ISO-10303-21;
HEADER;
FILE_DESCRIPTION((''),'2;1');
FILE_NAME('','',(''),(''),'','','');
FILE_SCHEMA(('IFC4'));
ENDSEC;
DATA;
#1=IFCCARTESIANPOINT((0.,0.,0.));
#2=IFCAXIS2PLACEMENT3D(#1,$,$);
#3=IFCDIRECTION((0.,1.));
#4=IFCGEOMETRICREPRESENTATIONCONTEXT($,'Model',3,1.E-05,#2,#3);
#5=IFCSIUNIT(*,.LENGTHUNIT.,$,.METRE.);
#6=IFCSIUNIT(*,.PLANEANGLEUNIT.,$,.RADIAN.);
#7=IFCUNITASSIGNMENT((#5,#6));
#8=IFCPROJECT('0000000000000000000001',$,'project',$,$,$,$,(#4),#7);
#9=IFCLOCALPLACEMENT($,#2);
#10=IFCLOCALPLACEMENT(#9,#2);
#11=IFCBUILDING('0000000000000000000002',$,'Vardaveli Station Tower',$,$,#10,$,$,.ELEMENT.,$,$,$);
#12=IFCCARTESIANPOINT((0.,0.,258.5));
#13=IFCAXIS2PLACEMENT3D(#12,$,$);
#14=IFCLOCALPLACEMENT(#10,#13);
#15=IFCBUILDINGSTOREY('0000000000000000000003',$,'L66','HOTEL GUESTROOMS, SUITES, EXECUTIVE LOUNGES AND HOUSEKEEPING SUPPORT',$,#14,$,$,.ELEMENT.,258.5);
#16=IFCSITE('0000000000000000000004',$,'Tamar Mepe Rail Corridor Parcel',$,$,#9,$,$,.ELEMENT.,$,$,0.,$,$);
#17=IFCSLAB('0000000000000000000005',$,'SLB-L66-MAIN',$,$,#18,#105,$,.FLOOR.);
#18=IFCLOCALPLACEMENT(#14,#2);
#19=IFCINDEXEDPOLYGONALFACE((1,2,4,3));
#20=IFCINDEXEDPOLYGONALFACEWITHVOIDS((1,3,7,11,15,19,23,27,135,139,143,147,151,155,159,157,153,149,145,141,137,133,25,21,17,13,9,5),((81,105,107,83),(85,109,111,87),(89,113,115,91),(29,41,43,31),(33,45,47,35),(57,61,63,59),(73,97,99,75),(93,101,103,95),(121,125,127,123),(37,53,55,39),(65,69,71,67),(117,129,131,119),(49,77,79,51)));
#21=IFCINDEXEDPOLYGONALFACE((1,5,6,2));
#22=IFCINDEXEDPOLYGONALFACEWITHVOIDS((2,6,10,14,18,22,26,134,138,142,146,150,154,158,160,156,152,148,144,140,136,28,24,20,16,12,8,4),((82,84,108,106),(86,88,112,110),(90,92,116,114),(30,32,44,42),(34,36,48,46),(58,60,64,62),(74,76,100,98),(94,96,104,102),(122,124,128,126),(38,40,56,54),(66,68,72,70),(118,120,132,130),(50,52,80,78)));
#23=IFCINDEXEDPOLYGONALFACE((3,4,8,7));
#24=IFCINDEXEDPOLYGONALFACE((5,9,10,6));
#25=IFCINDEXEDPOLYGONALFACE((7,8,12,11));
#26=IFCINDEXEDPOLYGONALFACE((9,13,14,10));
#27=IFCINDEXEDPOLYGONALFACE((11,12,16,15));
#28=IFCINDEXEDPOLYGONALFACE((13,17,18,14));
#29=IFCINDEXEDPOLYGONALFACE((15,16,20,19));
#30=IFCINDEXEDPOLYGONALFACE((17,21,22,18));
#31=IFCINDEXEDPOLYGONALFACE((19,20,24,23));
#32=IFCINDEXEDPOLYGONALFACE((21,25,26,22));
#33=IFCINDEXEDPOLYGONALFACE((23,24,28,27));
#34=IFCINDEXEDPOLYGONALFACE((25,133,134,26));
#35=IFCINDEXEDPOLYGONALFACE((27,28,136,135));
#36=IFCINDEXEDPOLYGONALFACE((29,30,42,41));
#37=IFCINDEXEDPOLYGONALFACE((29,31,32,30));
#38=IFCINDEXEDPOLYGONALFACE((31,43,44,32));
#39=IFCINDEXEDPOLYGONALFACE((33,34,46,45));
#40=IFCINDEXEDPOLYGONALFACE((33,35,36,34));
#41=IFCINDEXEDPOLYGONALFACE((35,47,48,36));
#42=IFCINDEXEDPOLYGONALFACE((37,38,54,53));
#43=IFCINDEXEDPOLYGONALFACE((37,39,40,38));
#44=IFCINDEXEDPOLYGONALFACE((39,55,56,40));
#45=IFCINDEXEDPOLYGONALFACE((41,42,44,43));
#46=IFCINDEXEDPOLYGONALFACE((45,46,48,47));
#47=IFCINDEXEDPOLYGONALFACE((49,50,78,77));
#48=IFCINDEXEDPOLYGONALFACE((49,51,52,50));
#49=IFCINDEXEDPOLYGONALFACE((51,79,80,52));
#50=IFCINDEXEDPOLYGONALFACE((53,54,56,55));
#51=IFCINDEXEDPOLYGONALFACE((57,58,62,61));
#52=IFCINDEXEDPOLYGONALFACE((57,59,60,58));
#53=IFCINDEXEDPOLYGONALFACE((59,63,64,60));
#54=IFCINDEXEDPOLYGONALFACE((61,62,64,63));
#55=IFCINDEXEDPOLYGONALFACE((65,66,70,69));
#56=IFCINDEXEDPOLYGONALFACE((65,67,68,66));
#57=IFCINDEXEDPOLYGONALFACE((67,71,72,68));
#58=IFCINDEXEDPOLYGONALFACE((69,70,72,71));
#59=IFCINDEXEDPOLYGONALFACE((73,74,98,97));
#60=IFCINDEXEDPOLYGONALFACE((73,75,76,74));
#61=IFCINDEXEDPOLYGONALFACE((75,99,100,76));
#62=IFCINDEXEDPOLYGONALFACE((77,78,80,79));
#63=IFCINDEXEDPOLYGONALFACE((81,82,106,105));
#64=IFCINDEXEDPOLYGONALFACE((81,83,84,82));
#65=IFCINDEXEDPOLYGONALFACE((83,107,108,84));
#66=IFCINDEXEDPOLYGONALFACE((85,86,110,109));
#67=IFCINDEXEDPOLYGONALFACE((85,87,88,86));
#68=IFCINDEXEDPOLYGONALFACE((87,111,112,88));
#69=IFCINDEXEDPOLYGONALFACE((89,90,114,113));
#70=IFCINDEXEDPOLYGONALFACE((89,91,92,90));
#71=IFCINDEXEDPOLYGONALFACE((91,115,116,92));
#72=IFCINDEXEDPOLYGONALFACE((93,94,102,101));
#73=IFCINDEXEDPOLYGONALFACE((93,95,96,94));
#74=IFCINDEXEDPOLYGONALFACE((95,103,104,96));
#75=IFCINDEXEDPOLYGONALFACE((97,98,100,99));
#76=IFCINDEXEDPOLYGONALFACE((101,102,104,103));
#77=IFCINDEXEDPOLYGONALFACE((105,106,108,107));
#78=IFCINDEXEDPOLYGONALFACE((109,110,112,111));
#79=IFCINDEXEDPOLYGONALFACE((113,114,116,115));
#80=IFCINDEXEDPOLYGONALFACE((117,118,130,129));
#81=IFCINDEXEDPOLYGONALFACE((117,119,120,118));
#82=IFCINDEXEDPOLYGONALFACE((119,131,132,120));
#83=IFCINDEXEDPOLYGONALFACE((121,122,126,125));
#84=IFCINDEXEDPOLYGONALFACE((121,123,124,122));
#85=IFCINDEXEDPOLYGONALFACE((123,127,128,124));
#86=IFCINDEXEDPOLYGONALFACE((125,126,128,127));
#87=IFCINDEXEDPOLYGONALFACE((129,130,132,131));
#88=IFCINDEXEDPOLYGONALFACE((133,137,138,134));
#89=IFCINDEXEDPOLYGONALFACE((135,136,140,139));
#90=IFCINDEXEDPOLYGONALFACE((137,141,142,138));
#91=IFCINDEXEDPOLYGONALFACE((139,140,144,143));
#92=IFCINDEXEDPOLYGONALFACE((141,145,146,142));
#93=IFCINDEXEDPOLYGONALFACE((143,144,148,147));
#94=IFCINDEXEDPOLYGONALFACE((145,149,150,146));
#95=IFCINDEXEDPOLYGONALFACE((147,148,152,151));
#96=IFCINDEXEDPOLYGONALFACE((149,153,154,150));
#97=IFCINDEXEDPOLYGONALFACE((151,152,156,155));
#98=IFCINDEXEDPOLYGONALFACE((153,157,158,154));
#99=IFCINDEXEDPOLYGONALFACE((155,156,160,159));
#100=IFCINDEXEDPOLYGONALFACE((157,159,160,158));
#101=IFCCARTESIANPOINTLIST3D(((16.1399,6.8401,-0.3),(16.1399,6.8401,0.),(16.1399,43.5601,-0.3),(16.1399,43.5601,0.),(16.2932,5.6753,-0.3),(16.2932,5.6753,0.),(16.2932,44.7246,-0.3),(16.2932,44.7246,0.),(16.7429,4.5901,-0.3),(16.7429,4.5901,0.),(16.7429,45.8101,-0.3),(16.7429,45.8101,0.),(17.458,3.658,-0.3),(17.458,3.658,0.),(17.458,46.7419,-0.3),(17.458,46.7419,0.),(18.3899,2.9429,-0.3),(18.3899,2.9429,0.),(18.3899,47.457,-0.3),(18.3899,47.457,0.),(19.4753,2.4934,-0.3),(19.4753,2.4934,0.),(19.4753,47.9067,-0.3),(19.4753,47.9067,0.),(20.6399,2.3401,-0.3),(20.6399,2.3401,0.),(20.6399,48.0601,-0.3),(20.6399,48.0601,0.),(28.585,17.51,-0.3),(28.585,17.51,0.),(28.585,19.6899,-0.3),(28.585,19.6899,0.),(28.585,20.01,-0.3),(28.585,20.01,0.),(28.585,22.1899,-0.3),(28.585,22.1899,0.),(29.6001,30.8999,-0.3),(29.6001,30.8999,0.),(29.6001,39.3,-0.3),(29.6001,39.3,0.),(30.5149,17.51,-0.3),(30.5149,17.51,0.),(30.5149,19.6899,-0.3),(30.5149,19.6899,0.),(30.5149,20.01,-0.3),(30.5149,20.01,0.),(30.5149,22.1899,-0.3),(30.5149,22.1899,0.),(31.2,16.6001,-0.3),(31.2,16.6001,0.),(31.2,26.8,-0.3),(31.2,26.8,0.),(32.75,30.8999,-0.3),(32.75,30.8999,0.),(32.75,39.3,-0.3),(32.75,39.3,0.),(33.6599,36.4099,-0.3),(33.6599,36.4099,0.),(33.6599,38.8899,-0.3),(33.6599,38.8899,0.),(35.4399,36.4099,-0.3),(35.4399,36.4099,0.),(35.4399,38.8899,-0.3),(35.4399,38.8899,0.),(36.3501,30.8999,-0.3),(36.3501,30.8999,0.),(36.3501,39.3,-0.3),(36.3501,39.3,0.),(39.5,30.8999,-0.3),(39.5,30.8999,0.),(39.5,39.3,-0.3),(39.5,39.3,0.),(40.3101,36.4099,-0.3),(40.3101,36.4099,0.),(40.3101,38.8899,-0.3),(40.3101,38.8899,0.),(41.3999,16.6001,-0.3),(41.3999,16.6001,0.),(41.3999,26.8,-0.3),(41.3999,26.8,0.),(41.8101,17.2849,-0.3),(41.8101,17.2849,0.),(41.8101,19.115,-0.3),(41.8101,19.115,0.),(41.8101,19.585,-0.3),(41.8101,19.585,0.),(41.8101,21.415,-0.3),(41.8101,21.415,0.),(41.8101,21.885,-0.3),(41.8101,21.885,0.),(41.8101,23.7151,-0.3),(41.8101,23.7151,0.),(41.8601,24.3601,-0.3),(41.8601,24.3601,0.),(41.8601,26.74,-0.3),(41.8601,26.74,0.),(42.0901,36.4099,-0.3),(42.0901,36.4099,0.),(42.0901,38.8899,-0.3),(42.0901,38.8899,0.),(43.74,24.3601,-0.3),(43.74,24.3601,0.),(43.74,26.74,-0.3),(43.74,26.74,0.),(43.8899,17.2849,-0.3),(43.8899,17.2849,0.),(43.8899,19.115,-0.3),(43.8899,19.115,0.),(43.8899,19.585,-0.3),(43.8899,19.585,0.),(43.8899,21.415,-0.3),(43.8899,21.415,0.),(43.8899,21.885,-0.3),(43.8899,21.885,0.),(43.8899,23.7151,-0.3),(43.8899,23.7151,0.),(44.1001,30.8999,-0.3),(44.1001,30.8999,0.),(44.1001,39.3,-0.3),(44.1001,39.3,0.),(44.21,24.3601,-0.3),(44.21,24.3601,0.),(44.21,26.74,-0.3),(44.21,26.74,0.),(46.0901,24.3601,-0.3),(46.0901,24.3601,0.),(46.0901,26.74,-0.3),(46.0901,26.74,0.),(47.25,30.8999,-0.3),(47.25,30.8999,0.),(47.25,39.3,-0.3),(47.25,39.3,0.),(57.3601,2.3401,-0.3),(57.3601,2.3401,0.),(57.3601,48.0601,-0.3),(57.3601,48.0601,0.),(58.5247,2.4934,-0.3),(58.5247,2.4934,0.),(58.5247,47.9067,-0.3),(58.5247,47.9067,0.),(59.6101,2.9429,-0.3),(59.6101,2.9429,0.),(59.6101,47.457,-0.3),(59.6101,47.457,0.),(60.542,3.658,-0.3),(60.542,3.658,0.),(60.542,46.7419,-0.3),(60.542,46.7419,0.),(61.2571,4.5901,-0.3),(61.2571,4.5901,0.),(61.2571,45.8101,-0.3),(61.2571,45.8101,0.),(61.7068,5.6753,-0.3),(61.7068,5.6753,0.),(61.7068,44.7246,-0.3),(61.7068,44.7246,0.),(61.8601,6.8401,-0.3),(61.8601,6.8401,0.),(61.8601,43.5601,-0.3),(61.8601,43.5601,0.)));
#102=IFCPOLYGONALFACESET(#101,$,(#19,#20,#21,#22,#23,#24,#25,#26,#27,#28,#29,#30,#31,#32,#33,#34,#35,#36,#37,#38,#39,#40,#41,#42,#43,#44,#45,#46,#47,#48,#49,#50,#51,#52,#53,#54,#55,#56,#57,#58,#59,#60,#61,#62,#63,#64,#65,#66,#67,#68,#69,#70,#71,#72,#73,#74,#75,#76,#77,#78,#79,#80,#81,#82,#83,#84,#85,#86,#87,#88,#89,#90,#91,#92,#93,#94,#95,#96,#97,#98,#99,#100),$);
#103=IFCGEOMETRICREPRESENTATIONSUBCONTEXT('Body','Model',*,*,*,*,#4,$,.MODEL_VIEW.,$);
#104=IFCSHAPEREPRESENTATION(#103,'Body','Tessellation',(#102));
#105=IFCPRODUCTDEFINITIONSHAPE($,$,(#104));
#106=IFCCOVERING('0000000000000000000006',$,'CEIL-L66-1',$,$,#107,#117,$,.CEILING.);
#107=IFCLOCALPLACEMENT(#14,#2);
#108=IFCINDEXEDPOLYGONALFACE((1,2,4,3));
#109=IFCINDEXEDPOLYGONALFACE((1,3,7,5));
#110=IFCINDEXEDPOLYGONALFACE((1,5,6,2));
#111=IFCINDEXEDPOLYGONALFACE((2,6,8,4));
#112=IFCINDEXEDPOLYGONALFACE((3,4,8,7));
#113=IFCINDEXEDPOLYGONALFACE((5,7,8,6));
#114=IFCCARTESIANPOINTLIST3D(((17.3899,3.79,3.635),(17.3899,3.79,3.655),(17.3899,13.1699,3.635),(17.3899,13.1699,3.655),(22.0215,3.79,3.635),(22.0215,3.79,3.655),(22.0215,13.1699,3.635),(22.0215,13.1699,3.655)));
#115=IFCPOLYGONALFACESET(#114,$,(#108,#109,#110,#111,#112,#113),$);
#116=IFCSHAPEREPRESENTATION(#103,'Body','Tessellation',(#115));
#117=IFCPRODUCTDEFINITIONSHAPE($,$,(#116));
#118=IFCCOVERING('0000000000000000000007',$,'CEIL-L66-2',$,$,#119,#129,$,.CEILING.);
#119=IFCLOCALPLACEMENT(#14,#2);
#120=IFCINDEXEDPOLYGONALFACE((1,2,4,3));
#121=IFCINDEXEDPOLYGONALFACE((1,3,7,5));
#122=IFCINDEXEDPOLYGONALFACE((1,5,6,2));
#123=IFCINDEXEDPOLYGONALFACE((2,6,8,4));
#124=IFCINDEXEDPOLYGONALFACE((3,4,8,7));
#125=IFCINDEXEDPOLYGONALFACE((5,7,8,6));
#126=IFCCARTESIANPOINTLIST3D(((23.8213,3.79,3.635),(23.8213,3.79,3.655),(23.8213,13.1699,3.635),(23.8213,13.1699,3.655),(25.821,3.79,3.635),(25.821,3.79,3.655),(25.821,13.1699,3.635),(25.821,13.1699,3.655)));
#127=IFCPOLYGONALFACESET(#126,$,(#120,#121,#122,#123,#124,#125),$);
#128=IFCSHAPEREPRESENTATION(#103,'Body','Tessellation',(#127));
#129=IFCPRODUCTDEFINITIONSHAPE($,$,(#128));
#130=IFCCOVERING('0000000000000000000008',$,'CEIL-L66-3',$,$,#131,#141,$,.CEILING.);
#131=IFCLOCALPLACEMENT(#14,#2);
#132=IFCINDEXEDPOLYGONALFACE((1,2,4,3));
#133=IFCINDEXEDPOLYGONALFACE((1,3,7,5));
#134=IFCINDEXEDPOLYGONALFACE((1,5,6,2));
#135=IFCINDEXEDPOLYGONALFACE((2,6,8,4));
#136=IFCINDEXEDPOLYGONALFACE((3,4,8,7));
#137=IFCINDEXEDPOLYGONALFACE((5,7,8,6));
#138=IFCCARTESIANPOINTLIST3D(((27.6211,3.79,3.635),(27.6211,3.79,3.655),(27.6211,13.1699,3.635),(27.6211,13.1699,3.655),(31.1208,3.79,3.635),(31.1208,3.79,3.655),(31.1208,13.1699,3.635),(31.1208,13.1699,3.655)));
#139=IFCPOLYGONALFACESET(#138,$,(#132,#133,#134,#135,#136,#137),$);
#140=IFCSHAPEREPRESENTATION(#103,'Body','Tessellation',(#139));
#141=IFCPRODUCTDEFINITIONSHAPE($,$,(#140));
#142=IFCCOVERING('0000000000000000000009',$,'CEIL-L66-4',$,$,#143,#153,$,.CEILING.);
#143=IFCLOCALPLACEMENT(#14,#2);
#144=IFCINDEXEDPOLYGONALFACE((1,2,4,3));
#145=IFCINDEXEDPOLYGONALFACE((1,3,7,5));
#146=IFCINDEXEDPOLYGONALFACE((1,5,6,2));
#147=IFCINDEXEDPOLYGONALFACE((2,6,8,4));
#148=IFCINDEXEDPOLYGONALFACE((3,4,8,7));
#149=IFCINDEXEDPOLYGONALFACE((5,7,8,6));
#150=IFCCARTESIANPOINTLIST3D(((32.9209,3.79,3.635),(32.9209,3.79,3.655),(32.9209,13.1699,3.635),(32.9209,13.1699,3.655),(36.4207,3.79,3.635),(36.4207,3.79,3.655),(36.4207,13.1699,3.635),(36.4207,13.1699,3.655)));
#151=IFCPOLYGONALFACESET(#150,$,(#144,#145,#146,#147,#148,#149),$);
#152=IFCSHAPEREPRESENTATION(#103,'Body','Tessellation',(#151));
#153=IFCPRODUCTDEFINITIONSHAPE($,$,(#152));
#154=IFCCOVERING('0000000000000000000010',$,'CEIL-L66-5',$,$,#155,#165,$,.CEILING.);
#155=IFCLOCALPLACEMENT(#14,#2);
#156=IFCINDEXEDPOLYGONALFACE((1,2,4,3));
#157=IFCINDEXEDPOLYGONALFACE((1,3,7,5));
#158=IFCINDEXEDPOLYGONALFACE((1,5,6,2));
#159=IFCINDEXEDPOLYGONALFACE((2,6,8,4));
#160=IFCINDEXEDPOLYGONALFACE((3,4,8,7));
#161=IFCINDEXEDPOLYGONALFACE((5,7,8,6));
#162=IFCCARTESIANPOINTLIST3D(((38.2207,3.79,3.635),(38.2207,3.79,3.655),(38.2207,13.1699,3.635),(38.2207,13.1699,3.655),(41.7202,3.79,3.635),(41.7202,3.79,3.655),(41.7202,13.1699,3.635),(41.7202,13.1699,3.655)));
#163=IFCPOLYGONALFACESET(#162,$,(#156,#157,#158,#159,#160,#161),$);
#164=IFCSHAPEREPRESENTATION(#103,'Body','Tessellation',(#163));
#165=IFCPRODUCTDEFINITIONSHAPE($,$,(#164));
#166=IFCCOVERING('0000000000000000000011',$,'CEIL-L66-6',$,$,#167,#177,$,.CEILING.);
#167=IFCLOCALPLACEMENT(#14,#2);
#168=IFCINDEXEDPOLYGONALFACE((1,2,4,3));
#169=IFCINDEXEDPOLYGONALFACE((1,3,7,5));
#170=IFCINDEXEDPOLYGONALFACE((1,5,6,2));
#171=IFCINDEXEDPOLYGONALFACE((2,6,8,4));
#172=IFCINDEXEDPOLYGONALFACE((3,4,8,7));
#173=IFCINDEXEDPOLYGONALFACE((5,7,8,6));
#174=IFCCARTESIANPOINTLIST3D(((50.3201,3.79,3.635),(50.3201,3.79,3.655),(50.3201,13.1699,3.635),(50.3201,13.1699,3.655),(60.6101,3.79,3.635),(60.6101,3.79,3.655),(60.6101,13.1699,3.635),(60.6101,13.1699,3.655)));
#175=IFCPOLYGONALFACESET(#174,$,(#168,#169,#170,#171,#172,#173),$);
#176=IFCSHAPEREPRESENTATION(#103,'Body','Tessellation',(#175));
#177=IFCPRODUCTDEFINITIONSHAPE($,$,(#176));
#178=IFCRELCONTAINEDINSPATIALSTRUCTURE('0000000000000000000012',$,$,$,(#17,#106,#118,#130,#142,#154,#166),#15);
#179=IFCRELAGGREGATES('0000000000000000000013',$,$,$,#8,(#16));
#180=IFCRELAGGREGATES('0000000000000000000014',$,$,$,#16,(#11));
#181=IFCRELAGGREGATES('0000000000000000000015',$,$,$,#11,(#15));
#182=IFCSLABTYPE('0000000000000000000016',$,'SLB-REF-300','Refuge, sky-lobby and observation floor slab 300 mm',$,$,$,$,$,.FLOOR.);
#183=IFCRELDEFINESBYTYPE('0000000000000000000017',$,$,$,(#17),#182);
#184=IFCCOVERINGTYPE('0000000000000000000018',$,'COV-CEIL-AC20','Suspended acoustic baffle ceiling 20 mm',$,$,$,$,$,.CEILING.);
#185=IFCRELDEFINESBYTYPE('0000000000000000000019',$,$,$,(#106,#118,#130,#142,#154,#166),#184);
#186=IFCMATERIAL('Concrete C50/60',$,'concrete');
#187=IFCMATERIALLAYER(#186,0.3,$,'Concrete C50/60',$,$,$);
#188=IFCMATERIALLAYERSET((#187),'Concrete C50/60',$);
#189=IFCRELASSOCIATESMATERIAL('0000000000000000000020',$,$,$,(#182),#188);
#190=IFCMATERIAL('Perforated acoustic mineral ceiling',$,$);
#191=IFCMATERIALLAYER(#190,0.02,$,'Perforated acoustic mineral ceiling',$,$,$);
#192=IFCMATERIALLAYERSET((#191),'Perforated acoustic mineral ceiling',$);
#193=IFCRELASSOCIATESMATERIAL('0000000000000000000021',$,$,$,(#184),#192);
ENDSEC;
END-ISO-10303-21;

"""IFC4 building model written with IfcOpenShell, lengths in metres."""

from ifc_helpers import new_model, si_unit, direction, frame, origin, place, context, subcontext, project, spatial, polyline, outline, extrude, material, layer, layer_set, type_object, element, save


model = new_model("IFC4")

# Units and contexts
model_context = context("Model", 3, precision=1e-05, world=origin(), true_north=direction((0.0, 1.0)))
body_context = subcontext(model_context, "Body", "Model", "MODEL_VIEW")
ifc_project = project(units=[si_unit("LENGTHUNIT", "METRE"), si_unit("PLANEANGLEUNIT", "RADIAN")], contexts=[model_context])

# Site, building, storey
site_placement = place(None, origin())
site = spatial("IfcSite", under=ifc_project, at=site_placement, Name="Tamar Mepe Rail Corridor Parcel", CompositionType="ELEMENT", RefElevation=0.0)
building_placement = place(site_placement, origin())
building = spatial("IfcBuilding", under=site, at=building_placement, Name="Vardaveli Station Tower", CompositionType="ELEMENT")
storey_placement = place(building_placement, frame((0.0, 0.0, 258.5)))
storey = spatial("IfcBuildingStorey", under=building, at=storey_placement, Name="L66", Description="HOTEL GUESTROOMS, SUITES, EXECUTIVE LOUNGES AND HOUSEKEEPING SUPPORT", CompositionType="ELEMENT", Elevation=258.5)

# Slab
ifc_material_1 = material(Name="Concrete C50/60", Category="concrete")
ifc_layer_1 = layer(ifc_material_1, 0.3, Name="Concrete C50/60")
ifc_layer_set_1 = layer_set([ifc_layer_1], Name="Concrete C50/60")
slab_type_1 = type_object("IfcSlabType", Name="SLB-REF-300", Description="Refuge, sky-lobby and observation floor slab 300 mm", PredefinedType="FLOOR", material=ifc_layer_set_1)
slab_1_placement = place(storey_placement, frame((0.0, 0.0, -0.3)))
element("IfcSlab", 1, at=slab_1_placement, inside=storey, type_object=slab_type_1, Name="SLB-L66-MAIN", PredefinedType="FLOOR", context=body_context, shape_type="SweptSolid", body=[
    extrude(outline(polyline([(16.1399, 6.8401), (16.2932, 5.6753), (16.7429, 4.5901), (17.458, 3.658), (18.3899, 2.9429), (19.4753, 2.4934), (20.6399, 2.3401), (57.3601, 2.3401), (58.5247, 2.4934), (59.6101, 2.9429), (60.542, 3.658), (61.2571, 4.5901), (61.7068, 5.6753), (61.8601, 6.8401), (61.8601, 43.5601), (61.7068, 44.7246), (61.2571, 45.8101), (60.542, 46.7419), (59.6101, 47.457), (58.5247, 47.9067), (57.3601, 48.0601), (20.6399, 48.0601), (19.4753, 47.9067), (18.3899, 47.457), (17.458, 46.7419), (16.7429, 45.8101), (16.2932, 44.7246), (16.1399, 43.5601), (16.1399, 6.8401)]), holes=[polyline([(31.2, 16.6001), (41.3999, 16.6001), (41.3999, 26.8), (31.2, 26.8), (31.2, 16.6001)]), polyline([(32.75, 30.8999), (32.75, 39.3), (29.6001, 39.3), (29.6001, 30.8999), (32.75, 30.8999)]), polyline([(39.5, 30.8999), (39.5, 39.3), (36.3501, 39.3), (36.3501, 30.8999), (39.5, 30.8999)]), polyline([(47.25, 30.8999), (47.25, 39.3), (44.1001, 39.3), (44.1001, 30.8999), (47.25, 30.8999)]), polyline([(33.6599, 36.4099), (35.4399, 36.4099), (35.4399, 38.8899), (33.6599, 38.8899), (33.6599, 36.4099)]), polyline([(40.3101, 36.4099), (42.0901, 36.4099), (42.0901, 38.8899), (40.3101, 38.8899), (40.3101, 36.4099)]), polyline([(41.8101, 21.885), (43.8899, 21.885), (43.8899, 23.7151), (41.8101, 23.7151), (41.8101, 21.885)]), polyline([(41.8101, 19.585), (43.8899, 19.585), (43.8899, 21.415), (41.8101, 21.415), (41.8101, 19.585)]), polyline([(41.8101, 17.2849), (43.8899, 17.2849), (43.8899, 19.115), (41.8101, 19.115), (41.8101, 17.2849)]), polyline([(28.585, 17.51), (30.5149, 17.51), (30.5149, 19.6899), (28.585, 19.6899), (28.585, 17.51)]), polyline([(28.585, 20.01), (30.5149, 20.01), (30.5149, 22.1899), (28.585, 22.1899), (28.585, 20.01)]), polyline([(41.8601, 24.3601), (43.74, 24.3601), (43.74, 26.74), (41.8601, 26.74), (41.8601, 24.3601)]), polyline([(44.21, 24.3601), (46.0901, 24.3601), (46.0901, 26.74), (44.21, 26.74), (44.21, 24.3601)])]), origin(), (0.0, 0.0, 1.0), 0.3),
])

# Coverings
ifc_material_2 = material(Name="Perforated acoustic mineral ceiling")
ifc_layer_2 = layer(ifc_material_2, 0.02, Name="Perforated acoustic mineral ceiling")
ifc_layer_set_2 = layer_set([ifc_layer_2], Name="Perforated acoustic mineral ceiling")
covering_type_1 = type_object("IfcCoveringType", Name="COV-CEIL-AC20", Description="Suspended acoustic baffle ceiling 20 mm", PredefinedType="CEILING", material=ifc_layer_set_2)
covering_1_placement = place(storey_placement, frame((0.0, 0.0, 3.635)))
element("IfcCovering", 2, at=covering_1_placement, inside=storey, type_object=covering_type_1, Name="CEIL-L66-1", PredefinedType="CEILING", context=body_context, shape_type="SweptSolid", body=[
    extrude(outline(polyline([(17.3899, 3.79), (22.0215, 3.79), (22.0215, 13.1699), (17.3899, 13.1699), (17.3899, 3.79)])), origin(), (0.0, 0.0, 1.0), 0.02),
])
covering_2_placement = place(storey_placement, frame((0.0, 0.0, 3.635)))
element("IfcCovering", 3, at=covering_2_placement, inside=storey, type_object=covering_type_1, Name="CEIL-L66-2", PredefinedType="CEILING", context=body_context, shape_type="SweptSolid", body=[
    extrude(outline(polyline([(23.8213, 3.79), (25.821, 3.79), (25.821, 13.1699), (23.8213, 13.1699), (23.8213, 3.79)])), origin(), (0.0, 0.0, 1.0), 0.02),
])
covering_3_placement = place(storey_placement, frame((0.0, 0.0, 3.635)))
element("IfcCovering", 4, at=covering_3_placement, inside=storey, type_object=covering_type_1, Name="CEIL-L66-3", PredefinedType="CEILING", context=body_context, shape_type="SweptSolid", body=[
    extrude(outline(polyline([(27.6211, 3.79), (31.1208, 3.79), (31.1208, 13.1699), (27.6211, 13.1699), (27.6211, 3.79)])), origin(), (0.0, 0.0, 1.0), 0.02),
])
covering_4_placement = place(storey_placement, frame((0.0, 0.0, 3.635)))
element("IfcCovering", 5, at=covering_4_placement, inside=storey, type_object=covering_type_1, Name="CEIL-L66-4", PredefinedType="CEILING", context=body_context, shape_type="SweptSolid", body=[
    extrude(outline(polyline([(32.9209, 3.79), (36.4207, 3.79), (36.4207, 13.1699), (32.9209, 13.1699), (32.9209, 3.79)])), origin(), (0.0, 0.0, 1.0), 0.02),
])
covering_5_placement = place(storey_placement, frame((0.0, 0.0, 3.635)))
element("IfcCovering", 6, at=covering_5_placement, inside=storey, type_object=covering_type_1, Name="CEIL-L66-5", PredefinedType="CEILING", context=body_context, shape_type="SweptSolid", body=[
    extrude(outline(polyline([(38.2207, 3.79), (41.7202, 3.79), (41.7202, 13.1699), (38.2207, 13.1699), (38.2207, 3.79)])), origin(), (0.0, 0.0, 1.0), 0.02),
])
covering_6_placement = place(storey_placement, frame((0.0, 0.0, 3.635)))
element("IfcCovering", 7, at=covering_6_placement, inside=storey, type_object=covering_type_1, Name="CEIL-L66-6", PredefinedType="CEILING", context=body_context, shape_type="SweptSolid", body=[
    extrude(outline(polyline([(50.3201, 3.79), (60.6101, 3.79), (60.6101, 13.1699), (50.3201, 13.1699), (50.3201, 3.79)])), origin(), (0.0, 0.0, 1.0), 0.02),
])

save(model, "model.ifc")
